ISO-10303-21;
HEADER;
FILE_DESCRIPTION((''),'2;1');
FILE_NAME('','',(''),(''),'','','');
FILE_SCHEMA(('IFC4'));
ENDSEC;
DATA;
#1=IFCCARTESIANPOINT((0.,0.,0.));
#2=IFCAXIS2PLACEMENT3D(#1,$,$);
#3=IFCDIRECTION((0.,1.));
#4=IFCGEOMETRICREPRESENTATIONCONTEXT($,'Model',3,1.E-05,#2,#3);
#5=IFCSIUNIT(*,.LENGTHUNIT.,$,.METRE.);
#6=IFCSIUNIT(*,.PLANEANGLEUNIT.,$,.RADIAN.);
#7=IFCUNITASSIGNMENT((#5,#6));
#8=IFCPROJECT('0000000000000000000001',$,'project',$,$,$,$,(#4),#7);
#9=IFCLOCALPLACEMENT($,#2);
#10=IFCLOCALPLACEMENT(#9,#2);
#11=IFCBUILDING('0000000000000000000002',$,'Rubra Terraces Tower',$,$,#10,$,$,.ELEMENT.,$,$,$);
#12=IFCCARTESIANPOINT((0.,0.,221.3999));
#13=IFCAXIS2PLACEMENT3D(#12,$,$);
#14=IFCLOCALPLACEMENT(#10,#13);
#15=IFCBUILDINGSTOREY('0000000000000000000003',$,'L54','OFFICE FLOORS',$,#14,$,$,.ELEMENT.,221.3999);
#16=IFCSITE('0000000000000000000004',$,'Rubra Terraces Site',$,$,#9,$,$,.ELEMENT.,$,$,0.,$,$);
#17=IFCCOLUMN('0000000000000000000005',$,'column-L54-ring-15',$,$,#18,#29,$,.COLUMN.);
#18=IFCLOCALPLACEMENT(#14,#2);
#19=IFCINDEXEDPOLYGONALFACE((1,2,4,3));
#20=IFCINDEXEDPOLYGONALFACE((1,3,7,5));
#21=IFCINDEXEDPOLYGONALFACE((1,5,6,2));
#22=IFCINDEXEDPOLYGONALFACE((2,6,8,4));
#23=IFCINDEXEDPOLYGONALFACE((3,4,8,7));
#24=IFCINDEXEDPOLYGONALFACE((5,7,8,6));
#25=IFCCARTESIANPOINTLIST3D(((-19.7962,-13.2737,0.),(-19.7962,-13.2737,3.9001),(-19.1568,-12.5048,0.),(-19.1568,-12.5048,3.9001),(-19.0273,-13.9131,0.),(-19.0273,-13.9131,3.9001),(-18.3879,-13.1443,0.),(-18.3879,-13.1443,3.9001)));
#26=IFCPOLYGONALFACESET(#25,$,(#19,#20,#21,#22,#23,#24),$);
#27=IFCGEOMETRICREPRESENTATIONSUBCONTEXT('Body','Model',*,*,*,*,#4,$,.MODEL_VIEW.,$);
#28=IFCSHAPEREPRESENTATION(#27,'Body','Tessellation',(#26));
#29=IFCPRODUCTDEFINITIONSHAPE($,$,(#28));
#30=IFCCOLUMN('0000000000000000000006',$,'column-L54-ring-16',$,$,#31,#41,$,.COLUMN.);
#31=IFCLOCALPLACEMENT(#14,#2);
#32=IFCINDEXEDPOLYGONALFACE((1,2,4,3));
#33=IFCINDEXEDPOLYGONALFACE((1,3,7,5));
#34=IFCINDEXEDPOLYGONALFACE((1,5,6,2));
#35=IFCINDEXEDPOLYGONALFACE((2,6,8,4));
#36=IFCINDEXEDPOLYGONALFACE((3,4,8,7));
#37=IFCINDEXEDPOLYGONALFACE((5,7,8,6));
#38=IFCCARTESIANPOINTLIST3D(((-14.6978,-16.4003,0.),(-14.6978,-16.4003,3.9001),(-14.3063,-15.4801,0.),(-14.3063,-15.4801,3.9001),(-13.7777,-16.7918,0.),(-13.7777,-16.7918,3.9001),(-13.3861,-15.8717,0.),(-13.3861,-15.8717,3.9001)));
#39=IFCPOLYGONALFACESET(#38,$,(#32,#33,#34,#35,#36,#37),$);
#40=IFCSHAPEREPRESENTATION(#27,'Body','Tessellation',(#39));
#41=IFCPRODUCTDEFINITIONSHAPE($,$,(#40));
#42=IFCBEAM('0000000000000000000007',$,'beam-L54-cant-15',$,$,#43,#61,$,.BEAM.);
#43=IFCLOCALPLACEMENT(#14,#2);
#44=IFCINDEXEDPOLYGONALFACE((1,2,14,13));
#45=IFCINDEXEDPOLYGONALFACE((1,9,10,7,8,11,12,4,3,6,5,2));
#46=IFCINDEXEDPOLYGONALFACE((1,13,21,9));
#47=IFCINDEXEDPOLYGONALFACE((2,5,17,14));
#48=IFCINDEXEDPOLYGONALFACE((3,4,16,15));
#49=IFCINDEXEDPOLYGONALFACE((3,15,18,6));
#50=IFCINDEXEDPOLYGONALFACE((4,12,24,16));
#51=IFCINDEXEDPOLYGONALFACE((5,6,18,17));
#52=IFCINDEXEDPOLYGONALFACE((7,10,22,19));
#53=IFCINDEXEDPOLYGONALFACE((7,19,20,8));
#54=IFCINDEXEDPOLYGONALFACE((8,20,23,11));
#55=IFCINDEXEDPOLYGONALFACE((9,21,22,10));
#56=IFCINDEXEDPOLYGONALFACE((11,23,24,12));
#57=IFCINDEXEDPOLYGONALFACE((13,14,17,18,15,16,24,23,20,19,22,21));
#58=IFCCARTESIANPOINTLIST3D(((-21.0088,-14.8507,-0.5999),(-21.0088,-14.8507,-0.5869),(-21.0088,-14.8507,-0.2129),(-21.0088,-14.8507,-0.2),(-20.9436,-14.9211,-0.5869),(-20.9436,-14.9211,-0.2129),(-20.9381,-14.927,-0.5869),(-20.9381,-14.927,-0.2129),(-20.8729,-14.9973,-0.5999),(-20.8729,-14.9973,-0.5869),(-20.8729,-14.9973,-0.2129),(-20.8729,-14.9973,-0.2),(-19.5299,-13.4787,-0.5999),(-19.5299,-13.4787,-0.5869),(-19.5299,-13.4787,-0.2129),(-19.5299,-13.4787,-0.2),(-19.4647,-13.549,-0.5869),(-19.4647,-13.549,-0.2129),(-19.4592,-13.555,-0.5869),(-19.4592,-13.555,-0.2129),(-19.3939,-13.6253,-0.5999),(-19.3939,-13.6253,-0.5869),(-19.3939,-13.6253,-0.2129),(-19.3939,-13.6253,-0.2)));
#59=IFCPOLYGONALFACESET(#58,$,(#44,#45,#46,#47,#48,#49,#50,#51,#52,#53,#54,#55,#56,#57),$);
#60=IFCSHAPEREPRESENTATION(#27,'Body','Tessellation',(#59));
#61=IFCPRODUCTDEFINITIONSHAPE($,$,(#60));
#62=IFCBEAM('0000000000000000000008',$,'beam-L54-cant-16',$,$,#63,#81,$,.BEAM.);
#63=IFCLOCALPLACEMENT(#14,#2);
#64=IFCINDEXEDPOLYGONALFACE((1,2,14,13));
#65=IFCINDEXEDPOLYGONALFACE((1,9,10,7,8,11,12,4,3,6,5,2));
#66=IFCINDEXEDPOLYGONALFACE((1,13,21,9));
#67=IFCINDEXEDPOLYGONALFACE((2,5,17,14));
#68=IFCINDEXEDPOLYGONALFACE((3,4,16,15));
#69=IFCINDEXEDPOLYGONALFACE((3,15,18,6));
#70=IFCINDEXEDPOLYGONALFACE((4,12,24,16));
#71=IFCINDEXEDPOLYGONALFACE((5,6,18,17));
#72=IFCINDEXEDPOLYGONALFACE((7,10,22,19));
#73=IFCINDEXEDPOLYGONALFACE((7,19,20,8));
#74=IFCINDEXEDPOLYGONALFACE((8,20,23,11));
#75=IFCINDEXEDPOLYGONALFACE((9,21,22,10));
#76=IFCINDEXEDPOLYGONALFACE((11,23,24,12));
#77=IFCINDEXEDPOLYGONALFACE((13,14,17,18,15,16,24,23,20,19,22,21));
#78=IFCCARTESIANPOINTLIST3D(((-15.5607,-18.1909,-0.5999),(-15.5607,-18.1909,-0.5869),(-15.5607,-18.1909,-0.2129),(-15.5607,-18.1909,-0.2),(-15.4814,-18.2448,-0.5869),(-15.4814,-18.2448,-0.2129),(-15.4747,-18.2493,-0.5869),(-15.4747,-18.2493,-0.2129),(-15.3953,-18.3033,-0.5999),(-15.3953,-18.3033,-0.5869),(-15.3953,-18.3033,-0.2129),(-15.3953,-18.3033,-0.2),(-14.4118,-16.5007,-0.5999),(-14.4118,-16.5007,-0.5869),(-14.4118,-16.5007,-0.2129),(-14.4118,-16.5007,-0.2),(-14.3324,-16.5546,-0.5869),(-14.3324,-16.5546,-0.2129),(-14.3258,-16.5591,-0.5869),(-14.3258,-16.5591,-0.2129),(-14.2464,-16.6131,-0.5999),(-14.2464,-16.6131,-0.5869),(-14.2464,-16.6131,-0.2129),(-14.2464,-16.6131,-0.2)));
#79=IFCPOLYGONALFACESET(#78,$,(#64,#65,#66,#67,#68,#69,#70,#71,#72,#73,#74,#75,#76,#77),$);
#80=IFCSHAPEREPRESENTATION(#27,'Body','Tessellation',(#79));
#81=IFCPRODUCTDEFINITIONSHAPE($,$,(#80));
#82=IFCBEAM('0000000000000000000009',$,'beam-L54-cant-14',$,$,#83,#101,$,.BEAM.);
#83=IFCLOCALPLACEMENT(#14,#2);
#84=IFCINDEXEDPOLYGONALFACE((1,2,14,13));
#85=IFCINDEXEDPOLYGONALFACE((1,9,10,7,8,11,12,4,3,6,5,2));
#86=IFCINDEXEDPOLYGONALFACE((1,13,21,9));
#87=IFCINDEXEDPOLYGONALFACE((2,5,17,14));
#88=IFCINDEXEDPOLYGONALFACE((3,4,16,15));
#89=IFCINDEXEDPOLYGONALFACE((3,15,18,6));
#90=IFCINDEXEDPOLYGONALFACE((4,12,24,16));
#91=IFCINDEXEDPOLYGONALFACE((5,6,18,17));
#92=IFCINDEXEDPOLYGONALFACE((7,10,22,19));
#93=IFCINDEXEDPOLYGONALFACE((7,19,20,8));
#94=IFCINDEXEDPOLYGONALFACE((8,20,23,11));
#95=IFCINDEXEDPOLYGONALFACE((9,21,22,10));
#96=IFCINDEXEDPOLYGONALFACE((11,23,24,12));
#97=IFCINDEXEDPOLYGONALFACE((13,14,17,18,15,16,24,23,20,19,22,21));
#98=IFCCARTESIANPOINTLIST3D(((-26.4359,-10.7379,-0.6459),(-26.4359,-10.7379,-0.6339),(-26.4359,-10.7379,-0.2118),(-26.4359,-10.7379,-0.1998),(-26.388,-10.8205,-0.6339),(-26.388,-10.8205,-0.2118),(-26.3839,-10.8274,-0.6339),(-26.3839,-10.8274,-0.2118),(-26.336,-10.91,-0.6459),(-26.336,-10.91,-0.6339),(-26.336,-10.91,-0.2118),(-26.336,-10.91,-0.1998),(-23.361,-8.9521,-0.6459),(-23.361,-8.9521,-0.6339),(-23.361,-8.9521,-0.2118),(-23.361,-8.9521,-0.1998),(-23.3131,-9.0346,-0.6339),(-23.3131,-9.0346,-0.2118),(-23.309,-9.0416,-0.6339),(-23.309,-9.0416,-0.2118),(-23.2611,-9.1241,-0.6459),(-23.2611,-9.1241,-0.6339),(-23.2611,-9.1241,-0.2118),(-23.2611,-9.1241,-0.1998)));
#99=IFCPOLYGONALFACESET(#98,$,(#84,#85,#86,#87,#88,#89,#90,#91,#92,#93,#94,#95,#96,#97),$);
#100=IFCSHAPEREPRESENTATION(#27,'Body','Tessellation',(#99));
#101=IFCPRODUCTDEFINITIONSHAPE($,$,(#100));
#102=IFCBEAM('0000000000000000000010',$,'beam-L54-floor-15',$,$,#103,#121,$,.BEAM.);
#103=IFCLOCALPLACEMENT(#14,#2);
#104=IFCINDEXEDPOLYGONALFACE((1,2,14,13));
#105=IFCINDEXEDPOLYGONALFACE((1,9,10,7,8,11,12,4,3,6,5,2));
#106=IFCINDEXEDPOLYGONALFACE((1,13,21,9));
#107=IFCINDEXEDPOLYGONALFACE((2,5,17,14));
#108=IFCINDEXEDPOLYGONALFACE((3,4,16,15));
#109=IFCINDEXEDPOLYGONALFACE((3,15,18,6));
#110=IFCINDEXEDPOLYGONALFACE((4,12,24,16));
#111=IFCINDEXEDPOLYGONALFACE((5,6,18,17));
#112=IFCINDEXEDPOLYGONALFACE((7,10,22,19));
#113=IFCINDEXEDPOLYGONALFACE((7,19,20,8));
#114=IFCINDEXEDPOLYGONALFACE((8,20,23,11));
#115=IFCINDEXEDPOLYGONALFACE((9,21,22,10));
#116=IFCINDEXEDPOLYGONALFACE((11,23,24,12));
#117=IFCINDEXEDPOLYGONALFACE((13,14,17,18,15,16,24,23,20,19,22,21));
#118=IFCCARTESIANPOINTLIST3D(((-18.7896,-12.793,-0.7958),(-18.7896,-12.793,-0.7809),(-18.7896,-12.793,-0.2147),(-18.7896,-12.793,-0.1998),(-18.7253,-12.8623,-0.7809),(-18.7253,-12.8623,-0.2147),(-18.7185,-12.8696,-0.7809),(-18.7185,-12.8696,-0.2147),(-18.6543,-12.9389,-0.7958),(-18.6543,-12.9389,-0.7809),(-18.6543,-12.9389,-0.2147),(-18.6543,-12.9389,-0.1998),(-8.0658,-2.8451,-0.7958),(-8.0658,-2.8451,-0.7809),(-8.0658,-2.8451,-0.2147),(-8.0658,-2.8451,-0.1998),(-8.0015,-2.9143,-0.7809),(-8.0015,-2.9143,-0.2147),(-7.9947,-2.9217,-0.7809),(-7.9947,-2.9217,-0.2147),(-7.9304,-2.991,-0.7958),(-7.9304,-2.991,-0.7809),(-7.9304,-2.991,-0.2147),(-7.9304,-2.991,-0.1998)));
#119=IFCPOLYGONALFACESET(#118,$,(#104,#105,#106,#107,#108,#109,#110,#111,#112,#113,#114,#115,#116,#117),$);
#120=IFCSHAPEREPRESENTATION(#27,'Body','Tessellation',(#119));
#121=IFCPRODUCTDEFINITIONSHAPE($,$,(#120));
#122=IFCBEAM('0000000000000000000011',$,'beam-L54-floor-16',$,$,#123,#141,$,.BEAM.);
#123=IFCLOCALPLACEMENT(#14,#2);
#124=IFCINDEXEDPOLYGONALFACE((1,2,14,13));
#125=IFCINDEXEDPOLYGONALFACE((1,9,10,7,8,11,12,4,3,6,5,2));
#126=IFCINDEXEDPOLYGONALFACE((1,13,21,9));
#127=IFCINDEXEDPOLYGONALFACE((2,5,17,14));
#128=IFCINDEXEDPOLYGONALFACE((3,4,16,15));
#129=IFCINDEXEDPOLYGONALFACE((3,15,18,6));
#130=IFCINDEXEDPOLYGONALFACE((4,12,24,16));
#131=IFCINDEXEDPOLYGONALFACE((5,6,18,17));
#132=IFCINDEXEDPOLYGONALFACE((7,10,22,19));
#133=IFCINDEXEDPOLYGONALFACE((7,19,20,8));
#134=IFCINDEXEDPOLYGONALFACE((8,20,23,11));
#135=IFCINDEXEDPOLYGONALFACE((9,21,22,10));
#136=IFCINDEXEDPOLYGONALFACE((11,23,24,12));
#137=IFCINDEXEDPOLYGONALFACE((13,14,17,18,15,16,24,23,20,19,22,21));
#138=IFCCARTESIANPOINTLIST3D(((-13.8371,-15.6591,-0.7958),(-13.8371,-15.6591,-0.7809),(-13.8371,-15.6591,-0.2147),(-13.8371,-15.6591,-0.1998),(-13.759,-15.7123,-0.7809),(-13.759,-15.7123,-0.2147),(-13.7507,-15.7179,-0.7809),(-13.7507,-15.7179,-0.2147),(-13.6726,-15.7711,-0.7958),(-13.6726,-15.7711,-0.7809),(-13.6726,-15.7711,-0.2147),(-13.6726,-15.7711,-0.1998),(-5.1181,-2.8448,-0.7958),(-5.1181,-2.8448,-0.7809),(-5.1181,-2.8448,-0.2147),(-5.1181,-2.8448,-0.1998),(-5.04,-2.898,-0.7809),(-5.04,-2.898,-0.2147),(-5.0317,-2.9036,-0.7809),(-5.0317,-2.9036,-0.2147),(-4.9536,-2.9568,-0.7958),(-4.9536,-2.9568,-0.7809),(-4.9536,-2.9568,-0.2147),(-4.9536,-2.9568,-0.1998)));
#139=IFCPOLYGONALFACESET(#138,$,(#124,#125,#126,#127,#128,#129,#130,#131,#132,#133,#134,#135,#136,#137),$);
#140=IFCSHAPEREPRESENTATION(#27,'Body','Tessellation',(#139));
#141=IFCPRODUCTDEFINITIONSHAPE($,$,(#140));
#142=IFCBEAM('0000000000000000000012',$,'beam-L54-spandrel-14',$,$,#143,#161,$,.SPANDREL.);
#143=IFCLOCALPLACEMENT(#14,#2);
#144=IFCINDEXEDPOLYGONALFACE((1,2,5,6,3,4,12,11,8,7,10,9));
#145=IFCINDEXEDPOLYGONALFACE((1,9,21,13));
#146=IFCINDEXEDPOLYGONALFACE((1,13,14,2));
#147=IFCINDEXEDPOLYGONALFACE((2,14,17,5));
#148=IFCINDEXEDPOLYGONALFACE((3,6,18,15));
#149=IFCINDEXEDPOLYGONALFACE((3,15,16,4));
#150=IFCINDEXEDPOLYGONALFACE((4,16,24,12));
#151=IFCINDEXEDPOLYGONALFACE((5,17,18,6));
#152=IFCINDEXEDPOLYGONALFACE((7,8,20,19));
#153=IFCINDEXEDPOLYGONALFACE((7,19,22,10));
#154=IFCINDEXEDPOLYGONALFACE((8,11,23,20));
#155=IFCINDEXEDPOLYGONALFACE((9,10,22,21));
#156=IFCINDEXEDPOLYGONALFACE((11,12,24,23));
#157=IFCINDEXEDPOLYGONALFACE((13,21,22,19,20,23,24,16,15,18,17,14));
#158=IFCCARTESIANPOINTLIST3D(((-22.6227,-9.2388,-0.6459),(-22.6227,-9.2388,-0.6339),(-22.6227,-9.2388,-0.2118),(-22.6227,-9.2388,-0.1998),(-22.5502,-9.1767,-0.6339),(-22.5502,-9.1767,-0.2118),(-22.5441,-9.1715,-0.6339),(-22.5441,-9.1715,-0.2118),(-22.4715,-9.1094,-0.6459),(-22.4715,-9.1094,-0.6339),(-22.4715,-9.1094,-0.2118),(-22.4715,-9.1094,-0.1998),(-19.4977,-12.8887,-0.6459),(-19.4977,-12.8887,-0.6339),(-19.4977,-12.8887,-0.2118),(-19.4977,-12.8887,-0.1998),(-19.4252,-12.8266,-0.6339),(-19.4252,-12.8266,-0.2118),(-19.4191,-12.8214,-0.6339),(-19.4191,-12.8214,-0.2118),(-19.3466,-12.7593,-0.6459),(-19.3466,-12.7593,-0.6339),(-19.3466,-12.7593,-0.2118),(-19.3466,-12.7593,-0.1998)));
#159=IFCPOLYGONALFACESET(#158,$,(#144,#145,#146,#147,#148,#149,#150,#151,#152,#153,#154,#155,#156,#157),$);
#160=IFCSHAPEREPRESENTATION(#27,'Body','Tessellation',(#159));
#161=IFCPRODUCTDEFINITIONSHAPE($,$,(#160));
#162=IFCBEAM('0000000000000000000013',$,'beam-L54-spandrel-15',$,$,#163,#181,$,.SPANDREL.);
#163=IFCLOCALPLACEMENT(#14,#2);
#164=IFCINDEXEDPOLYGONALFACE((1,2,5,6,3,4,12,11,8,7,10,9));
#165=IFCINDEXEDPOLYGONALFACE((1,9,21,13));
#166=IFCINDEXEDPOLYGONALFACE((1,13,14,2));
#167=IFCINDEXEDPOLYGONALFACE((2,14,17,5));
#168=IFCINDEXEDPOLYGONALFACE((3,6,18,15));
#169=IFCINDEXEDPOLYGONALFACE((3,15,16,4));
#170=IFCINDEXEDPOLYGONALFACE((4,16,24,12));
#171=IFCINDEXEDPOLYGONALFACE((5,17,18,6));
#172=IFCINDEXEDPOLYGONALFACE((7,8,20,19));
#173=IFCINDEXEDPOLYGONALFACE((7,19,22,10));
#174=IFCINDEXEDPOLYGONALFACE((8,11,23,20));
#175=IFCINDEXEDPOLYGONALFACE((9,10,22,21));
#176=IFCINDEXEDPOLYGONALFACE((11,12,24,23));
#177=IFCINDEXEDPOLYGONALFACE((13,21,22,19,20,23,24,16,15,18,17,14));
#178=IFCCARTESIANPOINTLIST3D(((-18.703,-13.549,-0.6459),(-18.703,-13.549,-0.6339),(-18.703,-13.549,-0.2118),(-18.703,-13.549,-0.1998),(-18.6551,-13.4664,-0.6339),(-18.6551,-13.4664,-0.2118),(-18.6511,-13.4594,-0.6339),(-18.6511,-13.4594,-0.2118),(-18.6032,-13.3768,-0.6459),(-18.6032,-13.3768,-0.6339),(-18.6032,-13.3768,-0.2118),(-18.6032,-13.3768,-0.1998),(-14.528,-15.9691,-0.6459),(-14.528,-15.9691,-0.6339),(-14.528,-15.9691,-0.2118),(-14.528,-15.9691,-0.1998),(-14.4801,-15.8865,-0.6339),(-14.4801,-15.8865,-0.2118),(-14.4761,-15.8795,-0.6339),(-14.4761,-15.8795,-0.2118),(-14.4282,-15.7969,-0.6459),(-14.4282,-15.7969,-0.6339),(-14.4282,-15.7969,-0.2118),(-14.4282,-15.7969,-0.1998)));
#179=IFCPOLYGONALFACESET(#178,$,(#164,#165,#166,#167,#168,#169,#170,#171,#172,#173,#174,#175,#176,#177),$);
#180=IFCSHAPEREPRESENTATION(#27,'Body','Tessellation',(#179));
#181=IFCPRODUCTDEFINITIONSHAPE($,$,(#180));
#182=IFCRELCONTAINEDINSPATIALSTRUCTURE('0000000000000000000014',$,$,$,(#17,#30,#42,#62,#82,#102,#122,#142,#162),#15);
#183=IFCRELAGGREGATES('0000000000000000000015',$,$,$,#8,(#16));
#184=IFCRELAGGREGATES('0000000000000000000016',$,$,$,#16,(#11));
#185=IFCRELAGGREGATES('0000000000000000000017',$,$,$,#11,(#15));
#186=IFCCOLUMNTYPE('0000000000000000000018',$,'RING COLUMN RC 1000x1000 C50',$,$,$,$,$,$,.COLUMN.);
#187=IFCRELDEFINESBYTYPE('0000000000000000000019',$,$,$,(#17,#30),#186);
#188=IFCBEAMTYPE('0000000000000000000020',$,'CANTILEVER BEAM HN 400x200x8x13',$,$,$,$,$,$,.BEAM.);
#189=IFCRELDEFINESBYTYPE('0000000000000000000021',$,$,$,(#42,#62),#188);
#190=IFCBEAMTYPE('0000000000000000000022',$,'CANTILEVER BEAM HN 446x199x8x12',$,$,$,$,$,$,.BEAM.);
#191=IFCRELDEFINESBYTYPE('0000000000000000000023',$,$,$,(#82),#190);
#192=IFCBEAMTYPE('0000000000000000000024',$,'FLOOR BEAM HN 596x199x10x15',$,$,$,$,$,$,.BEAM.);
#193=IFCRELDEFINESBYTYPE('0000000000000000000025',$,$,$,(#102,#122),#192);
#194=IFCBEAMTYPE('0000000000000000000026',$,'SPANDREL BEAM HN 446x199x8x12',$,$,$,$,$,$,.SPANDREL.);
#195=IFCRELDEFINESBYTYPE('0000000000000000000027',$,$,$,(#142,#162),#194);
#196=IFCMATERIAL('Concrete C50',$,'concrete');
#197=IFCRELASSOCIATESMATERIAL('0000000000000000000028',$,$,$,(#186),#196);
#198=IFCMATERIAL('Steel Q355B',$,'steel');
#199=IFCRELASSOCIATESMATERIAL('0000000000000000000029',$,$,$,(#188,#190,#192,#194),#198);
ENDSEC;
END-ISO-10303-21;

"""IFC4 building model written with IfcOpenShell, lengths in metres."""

from ifc_helpers import new_model, si_unit, direction, frame, origin, origin_2d, place, context, subcontext, project, spatial, rectangle, i_section, extrude, material, material_profile, profile_set, type_object, element, save


model = new_model("IFC4")

# Units and contexts
model_context = context("Model", 3, precision=1e-05, world=origin(), true_north=direction((0.0, 1.0)))
body_context = subcontext(model_context, "Body", "Model", "MODEL_VIEW")
ifc_project = project(units=[si_unit("LENGTHUNIT", "METRE"), si_unit("PLANEANGLEUNIT", "RADIAN")], contexts=[model_context])

# Site, building, storey
site_placement = place(None, origin())
site = spatial("IfcSite", under=ifc_project, at=site_placement, Name="Rubra Terraces Site", CompositionType="ELEMENT", RefElevation=0.0)
building_placement = place(site_placement, origin())
building = spatial("IfcBuilding", under=site, at=building_placement, Name="Rubra Terraces Tower", CompositionType="ELEMENT")
storey_placement = place(building_placement, frame((0.0, 0.0, 221.3999)))
storey = spatial("IfcBuildingStorey", under=building, at=storey_placement, Name="L54", Description="OFFICE FLOORS", CompositionType="ELEMENT", Elevation=221.3999)

# Columns
ifc_material_1 = material(Name="Concrete C50", Category="concrete")
ifc_material_profile_1 = material_profile(ifc_material_1, rectangle(XDim=1.0, YDim=1.0, at=origin_2d()), Name="RC 1000x1000")
ifc_profile_set_1 = profile_set([ifc_material_profile_1], Name="Concrete C50")
column_type = type_object("IfcColumnType", Name="RING COLUMN RC 1000x1000 C50", PredefinedType="COLUMN", material=ifc_profile_set_1)
for number, where, z_axis, x_axis, name in (
    (1, (-19.092, -13.209, 0.0), (0.0, 0.0, 1.0), (0.76887, -0.639405, 0.0), "column-L54-ring-15"),
    (2, (-14.042, -16.136, 0.0), (0.0, 0.0, 1.0), (0.920168, -0.391524, 0.0), "column-L54-ring-16"),
):
    element("IfcColumn", number, at=place(storey_placement, frame(where, z_axis=z_axis, x_axis=x_axis)), inside=storey, type_object=column_type, Name=name, PredefinedType="COLUMN", context=body_context, shape_type="SweptSolid", body=[
        extrude(rectangle(XDim=1.0, YDim=1.0, at=origin_2d()), origin(), (0.0, 0.0, 1.0), 3.9001),
    ])

# Beams
ifc_material_2 = material(Name="Steel Q355B", Category="steel")
ifc_material_profile_2 = material_profile(ifc_material_2, i_section(OverallWidth=0.2, OverallDepth=0.3999, WebThickness=0.0081, FlangeThickness=0.0129, at=origin_2d()), Name="HN 400x200x8x13")
ifc_profile_set_2 = profile_set([ifc_material_profile_2], Name="Steel Q355B")
beam_type_1 = type_object("IfcBeamType", Name="CANTILEVER BEAM HN 400x200x8x13", PredefinedType="BEAM", material=ifc_profile_set_2)
beam_1_placement = place(storey_placement, frame((-19.4619, -13.552, -0.3999), z_axis=(-0.733112, -0.680108, 0.0), x_axis=(0.680108, -0.733112, 0.0)))
element("IfcBeam", 3, at=beam_1_placement, inside=storey, type_object=beam_type_1, Name="beam-L54-cant-15", PredefinedType="BEAM", context=body_context, shape_type="SweptSolid", body=[
    extrude(i_section(OverallWidth=0.2, OverallDepth=0.3999, WebThickness=0.0081, FlangeThickness=0.0129, at=origin_2d()), origin(), (0.0, 0.0, 1.0), 2.0173),
])
beam_2_placement = place(storey_placement, frame((-14.3291, -16.5569, -0.3999), z_axis=(-0.562176, -0.827018, 0.0), x_axis=(0.827018, -0.562176, 0.0)))
element("IfcBeam", 4, at=beam_2_placement, inside=storey, type_object=beam_type_1, Name="beam-L54-cant-16", PredefinedType="BEAM", context=body_context, shape_type="SweptSolid", body=[
    extrude(i_section(OverallWidth=0.2, OverallDepth=0.3999, WebThickness=0.0081, FlangeThickness=0.0129, at=origin_2d()), origin(), (0.0, 0.0, 1.0), 2.0437),
])
ifc_material_profile_3 = material_profile(ifc_material_2, i_section(OverallWidth=0.199, OverallDepth=0.446, WebThickness=0.0081, FlangeThickness=0.012, at=origin_2d()), Name="HN 446x199x8x12")
ifc_profile_set_3 = profile_set([ifc_material_profile_3], Name="Steel Q355B")
beam_type_2 = type_object("IfcBeamType", Name="CANTILEVER BEAM HN 446x199x8x12", PredefinedType="BEAM", material=ifc_profile_set_3)
beam_3_placement = place(storey_placement, frame((-23.311, -9.0381, -0.4229), z_axis=(-0.864736, -0.502227, 0.0), x_axis=(0.502227, -0.864736, 0.0)))
element("IfcBeam", 5, at=beam_3_placement, inside=storey, type_object=beam_type_2, Name="beam-L54-cant-14", PredefinedType="BEAM", context=body_context, shape_type="SweptSolid", body=[
    extrude(i_section(OverallWidth=0.199, OverallDepth=0.446, WebThickness=0.0081, FlangeThickness=0.012, at=origin_2d()), origin(), (0.0, 0.0, 1.0), 3.5559),
])
ifc_material_profile_4 = material_profile(ifc_material_2, i_section(OverallWidth=0.199, OverallDepth=0.5959, WebThickness=0.01, FlangeThickness=0.0149, at=origin_2d()), Name="HN 596x199x10x15")
ifc_profile_set_4 = profile_set([ifc_material_profile_4], Name="Steel Q355B")
beam_type_3 = type_object("IfcBeamType", Name="FLOOR BEAM HN 596x199x10x15", PredefinedType="BEAM", material=ifc_profile_set_4)
beam_4_placement = place(storey_placement, frame((-18.7219, -12.866, -0.4978), z_axis=(0.73313, 0.680088, 0.0), x_axis=(-0.680088, 0.73313, 0.0)))
element("IfcBeam", 6, at=beam_4_placement, inside=storey, type_object=beam_type_3, Name="beam-L54-floor-15", PredefinedType="BEAM", context=body_context, shape_type="SweptSolid", body=[
    extrude(i_section(OverallWidth=0.199, OverallDepth=0.5959, WebThickness=0.01, FlangeThickness=0.0149, at=origin_2d()), origin(), (0.0, 0.0, 1.0), 14.6274),
])
beam_5_placement = place(storey_placement, frame((-13.7549, -15.7151, -0.4978), z_axis=(0.562545, 0.826767, 0.0), x_axis=(-0.826767, 0.562545, 0.0)))
element("IfcBeam", 7, at=beam_5_placement, inside=storey, type_object=beam_type_3, Name="beam-L54-floor-16", PredefinedType="BEAM", context=body_context, shape_type="SweptSolid", body=[
    extrude(i_section(OverallWidth=0.199, OverallDepth=0.5959, WebThickness=0.01, FlangeThickness=0.0149, at=origin_2d()), origin(), (0.0, 0.0, 1.0), 15.4993),
])
ifc_material_profile_5 = material_profile(ifc_material_2, i_section(OverallWidth=0.199, OverallDepth=0.446, WebThickness=0.0081, FlangeThickness=0.012, at=origin_2d()), Name="HN 446x199x8x12")
ifc_profile_set_5 = profile_set([ifc_material_profile_5], Name="Steel Q355B")
beam_type_4 = type_object("IfcBeamType", Name="SPANDREL BEAM HN 446x199x8x12", PredefinedType="SPANDREL", material=ifc_profile_set_5)
beam_6_placement = place(storey_placement, frame((-22.5471, -9.1741, -0.4229), z_axis=(0.650373, -0.759615, 0.0), x_axis=(0.759615, 0.650373, 0.0)))
element("IfcBeam", 8, at=beam_6_placement, inside=storey, type_object=beam_type_4, Name="beam-L54-spandrel-14", PredefinedType="SPANDREL", context=body_context, shape_type="SweptSolid", body=[
    extrude(i_section(OverallWidth=0.199, OverallDepth=0.446, WebThickness=0.0081, FlangeThickness=0.012, at=origin_2d()), origin(), (0.0, 0.0, 1.0), 4.8049),
])
beam_7_placement = place(storey_placement, frame((-18.6531, -13.4629, -0.4229), z_axis=(0.865154, -0.501507, 0.0), x_axis=(0.501507, 0.865154, 0.0)))
element("IfcBeam", 9, at=beam_7_placement, inside=storey, type_object=beam_type_4, Name="beam-L54-spandrel-15", PredefinedType="SPANDREL", context=body_context, shape_type="SweptSolid", body=[
    extrude(i_section(OverallWidth=0.199, OverallDepth=0.446, WebThickness=0.0081, FlangeThickness=0.012, at=origin_2d()), origin(), (0.0, 0.0, 1.0), 4.8257),
])

save(model, "model.ifc")
